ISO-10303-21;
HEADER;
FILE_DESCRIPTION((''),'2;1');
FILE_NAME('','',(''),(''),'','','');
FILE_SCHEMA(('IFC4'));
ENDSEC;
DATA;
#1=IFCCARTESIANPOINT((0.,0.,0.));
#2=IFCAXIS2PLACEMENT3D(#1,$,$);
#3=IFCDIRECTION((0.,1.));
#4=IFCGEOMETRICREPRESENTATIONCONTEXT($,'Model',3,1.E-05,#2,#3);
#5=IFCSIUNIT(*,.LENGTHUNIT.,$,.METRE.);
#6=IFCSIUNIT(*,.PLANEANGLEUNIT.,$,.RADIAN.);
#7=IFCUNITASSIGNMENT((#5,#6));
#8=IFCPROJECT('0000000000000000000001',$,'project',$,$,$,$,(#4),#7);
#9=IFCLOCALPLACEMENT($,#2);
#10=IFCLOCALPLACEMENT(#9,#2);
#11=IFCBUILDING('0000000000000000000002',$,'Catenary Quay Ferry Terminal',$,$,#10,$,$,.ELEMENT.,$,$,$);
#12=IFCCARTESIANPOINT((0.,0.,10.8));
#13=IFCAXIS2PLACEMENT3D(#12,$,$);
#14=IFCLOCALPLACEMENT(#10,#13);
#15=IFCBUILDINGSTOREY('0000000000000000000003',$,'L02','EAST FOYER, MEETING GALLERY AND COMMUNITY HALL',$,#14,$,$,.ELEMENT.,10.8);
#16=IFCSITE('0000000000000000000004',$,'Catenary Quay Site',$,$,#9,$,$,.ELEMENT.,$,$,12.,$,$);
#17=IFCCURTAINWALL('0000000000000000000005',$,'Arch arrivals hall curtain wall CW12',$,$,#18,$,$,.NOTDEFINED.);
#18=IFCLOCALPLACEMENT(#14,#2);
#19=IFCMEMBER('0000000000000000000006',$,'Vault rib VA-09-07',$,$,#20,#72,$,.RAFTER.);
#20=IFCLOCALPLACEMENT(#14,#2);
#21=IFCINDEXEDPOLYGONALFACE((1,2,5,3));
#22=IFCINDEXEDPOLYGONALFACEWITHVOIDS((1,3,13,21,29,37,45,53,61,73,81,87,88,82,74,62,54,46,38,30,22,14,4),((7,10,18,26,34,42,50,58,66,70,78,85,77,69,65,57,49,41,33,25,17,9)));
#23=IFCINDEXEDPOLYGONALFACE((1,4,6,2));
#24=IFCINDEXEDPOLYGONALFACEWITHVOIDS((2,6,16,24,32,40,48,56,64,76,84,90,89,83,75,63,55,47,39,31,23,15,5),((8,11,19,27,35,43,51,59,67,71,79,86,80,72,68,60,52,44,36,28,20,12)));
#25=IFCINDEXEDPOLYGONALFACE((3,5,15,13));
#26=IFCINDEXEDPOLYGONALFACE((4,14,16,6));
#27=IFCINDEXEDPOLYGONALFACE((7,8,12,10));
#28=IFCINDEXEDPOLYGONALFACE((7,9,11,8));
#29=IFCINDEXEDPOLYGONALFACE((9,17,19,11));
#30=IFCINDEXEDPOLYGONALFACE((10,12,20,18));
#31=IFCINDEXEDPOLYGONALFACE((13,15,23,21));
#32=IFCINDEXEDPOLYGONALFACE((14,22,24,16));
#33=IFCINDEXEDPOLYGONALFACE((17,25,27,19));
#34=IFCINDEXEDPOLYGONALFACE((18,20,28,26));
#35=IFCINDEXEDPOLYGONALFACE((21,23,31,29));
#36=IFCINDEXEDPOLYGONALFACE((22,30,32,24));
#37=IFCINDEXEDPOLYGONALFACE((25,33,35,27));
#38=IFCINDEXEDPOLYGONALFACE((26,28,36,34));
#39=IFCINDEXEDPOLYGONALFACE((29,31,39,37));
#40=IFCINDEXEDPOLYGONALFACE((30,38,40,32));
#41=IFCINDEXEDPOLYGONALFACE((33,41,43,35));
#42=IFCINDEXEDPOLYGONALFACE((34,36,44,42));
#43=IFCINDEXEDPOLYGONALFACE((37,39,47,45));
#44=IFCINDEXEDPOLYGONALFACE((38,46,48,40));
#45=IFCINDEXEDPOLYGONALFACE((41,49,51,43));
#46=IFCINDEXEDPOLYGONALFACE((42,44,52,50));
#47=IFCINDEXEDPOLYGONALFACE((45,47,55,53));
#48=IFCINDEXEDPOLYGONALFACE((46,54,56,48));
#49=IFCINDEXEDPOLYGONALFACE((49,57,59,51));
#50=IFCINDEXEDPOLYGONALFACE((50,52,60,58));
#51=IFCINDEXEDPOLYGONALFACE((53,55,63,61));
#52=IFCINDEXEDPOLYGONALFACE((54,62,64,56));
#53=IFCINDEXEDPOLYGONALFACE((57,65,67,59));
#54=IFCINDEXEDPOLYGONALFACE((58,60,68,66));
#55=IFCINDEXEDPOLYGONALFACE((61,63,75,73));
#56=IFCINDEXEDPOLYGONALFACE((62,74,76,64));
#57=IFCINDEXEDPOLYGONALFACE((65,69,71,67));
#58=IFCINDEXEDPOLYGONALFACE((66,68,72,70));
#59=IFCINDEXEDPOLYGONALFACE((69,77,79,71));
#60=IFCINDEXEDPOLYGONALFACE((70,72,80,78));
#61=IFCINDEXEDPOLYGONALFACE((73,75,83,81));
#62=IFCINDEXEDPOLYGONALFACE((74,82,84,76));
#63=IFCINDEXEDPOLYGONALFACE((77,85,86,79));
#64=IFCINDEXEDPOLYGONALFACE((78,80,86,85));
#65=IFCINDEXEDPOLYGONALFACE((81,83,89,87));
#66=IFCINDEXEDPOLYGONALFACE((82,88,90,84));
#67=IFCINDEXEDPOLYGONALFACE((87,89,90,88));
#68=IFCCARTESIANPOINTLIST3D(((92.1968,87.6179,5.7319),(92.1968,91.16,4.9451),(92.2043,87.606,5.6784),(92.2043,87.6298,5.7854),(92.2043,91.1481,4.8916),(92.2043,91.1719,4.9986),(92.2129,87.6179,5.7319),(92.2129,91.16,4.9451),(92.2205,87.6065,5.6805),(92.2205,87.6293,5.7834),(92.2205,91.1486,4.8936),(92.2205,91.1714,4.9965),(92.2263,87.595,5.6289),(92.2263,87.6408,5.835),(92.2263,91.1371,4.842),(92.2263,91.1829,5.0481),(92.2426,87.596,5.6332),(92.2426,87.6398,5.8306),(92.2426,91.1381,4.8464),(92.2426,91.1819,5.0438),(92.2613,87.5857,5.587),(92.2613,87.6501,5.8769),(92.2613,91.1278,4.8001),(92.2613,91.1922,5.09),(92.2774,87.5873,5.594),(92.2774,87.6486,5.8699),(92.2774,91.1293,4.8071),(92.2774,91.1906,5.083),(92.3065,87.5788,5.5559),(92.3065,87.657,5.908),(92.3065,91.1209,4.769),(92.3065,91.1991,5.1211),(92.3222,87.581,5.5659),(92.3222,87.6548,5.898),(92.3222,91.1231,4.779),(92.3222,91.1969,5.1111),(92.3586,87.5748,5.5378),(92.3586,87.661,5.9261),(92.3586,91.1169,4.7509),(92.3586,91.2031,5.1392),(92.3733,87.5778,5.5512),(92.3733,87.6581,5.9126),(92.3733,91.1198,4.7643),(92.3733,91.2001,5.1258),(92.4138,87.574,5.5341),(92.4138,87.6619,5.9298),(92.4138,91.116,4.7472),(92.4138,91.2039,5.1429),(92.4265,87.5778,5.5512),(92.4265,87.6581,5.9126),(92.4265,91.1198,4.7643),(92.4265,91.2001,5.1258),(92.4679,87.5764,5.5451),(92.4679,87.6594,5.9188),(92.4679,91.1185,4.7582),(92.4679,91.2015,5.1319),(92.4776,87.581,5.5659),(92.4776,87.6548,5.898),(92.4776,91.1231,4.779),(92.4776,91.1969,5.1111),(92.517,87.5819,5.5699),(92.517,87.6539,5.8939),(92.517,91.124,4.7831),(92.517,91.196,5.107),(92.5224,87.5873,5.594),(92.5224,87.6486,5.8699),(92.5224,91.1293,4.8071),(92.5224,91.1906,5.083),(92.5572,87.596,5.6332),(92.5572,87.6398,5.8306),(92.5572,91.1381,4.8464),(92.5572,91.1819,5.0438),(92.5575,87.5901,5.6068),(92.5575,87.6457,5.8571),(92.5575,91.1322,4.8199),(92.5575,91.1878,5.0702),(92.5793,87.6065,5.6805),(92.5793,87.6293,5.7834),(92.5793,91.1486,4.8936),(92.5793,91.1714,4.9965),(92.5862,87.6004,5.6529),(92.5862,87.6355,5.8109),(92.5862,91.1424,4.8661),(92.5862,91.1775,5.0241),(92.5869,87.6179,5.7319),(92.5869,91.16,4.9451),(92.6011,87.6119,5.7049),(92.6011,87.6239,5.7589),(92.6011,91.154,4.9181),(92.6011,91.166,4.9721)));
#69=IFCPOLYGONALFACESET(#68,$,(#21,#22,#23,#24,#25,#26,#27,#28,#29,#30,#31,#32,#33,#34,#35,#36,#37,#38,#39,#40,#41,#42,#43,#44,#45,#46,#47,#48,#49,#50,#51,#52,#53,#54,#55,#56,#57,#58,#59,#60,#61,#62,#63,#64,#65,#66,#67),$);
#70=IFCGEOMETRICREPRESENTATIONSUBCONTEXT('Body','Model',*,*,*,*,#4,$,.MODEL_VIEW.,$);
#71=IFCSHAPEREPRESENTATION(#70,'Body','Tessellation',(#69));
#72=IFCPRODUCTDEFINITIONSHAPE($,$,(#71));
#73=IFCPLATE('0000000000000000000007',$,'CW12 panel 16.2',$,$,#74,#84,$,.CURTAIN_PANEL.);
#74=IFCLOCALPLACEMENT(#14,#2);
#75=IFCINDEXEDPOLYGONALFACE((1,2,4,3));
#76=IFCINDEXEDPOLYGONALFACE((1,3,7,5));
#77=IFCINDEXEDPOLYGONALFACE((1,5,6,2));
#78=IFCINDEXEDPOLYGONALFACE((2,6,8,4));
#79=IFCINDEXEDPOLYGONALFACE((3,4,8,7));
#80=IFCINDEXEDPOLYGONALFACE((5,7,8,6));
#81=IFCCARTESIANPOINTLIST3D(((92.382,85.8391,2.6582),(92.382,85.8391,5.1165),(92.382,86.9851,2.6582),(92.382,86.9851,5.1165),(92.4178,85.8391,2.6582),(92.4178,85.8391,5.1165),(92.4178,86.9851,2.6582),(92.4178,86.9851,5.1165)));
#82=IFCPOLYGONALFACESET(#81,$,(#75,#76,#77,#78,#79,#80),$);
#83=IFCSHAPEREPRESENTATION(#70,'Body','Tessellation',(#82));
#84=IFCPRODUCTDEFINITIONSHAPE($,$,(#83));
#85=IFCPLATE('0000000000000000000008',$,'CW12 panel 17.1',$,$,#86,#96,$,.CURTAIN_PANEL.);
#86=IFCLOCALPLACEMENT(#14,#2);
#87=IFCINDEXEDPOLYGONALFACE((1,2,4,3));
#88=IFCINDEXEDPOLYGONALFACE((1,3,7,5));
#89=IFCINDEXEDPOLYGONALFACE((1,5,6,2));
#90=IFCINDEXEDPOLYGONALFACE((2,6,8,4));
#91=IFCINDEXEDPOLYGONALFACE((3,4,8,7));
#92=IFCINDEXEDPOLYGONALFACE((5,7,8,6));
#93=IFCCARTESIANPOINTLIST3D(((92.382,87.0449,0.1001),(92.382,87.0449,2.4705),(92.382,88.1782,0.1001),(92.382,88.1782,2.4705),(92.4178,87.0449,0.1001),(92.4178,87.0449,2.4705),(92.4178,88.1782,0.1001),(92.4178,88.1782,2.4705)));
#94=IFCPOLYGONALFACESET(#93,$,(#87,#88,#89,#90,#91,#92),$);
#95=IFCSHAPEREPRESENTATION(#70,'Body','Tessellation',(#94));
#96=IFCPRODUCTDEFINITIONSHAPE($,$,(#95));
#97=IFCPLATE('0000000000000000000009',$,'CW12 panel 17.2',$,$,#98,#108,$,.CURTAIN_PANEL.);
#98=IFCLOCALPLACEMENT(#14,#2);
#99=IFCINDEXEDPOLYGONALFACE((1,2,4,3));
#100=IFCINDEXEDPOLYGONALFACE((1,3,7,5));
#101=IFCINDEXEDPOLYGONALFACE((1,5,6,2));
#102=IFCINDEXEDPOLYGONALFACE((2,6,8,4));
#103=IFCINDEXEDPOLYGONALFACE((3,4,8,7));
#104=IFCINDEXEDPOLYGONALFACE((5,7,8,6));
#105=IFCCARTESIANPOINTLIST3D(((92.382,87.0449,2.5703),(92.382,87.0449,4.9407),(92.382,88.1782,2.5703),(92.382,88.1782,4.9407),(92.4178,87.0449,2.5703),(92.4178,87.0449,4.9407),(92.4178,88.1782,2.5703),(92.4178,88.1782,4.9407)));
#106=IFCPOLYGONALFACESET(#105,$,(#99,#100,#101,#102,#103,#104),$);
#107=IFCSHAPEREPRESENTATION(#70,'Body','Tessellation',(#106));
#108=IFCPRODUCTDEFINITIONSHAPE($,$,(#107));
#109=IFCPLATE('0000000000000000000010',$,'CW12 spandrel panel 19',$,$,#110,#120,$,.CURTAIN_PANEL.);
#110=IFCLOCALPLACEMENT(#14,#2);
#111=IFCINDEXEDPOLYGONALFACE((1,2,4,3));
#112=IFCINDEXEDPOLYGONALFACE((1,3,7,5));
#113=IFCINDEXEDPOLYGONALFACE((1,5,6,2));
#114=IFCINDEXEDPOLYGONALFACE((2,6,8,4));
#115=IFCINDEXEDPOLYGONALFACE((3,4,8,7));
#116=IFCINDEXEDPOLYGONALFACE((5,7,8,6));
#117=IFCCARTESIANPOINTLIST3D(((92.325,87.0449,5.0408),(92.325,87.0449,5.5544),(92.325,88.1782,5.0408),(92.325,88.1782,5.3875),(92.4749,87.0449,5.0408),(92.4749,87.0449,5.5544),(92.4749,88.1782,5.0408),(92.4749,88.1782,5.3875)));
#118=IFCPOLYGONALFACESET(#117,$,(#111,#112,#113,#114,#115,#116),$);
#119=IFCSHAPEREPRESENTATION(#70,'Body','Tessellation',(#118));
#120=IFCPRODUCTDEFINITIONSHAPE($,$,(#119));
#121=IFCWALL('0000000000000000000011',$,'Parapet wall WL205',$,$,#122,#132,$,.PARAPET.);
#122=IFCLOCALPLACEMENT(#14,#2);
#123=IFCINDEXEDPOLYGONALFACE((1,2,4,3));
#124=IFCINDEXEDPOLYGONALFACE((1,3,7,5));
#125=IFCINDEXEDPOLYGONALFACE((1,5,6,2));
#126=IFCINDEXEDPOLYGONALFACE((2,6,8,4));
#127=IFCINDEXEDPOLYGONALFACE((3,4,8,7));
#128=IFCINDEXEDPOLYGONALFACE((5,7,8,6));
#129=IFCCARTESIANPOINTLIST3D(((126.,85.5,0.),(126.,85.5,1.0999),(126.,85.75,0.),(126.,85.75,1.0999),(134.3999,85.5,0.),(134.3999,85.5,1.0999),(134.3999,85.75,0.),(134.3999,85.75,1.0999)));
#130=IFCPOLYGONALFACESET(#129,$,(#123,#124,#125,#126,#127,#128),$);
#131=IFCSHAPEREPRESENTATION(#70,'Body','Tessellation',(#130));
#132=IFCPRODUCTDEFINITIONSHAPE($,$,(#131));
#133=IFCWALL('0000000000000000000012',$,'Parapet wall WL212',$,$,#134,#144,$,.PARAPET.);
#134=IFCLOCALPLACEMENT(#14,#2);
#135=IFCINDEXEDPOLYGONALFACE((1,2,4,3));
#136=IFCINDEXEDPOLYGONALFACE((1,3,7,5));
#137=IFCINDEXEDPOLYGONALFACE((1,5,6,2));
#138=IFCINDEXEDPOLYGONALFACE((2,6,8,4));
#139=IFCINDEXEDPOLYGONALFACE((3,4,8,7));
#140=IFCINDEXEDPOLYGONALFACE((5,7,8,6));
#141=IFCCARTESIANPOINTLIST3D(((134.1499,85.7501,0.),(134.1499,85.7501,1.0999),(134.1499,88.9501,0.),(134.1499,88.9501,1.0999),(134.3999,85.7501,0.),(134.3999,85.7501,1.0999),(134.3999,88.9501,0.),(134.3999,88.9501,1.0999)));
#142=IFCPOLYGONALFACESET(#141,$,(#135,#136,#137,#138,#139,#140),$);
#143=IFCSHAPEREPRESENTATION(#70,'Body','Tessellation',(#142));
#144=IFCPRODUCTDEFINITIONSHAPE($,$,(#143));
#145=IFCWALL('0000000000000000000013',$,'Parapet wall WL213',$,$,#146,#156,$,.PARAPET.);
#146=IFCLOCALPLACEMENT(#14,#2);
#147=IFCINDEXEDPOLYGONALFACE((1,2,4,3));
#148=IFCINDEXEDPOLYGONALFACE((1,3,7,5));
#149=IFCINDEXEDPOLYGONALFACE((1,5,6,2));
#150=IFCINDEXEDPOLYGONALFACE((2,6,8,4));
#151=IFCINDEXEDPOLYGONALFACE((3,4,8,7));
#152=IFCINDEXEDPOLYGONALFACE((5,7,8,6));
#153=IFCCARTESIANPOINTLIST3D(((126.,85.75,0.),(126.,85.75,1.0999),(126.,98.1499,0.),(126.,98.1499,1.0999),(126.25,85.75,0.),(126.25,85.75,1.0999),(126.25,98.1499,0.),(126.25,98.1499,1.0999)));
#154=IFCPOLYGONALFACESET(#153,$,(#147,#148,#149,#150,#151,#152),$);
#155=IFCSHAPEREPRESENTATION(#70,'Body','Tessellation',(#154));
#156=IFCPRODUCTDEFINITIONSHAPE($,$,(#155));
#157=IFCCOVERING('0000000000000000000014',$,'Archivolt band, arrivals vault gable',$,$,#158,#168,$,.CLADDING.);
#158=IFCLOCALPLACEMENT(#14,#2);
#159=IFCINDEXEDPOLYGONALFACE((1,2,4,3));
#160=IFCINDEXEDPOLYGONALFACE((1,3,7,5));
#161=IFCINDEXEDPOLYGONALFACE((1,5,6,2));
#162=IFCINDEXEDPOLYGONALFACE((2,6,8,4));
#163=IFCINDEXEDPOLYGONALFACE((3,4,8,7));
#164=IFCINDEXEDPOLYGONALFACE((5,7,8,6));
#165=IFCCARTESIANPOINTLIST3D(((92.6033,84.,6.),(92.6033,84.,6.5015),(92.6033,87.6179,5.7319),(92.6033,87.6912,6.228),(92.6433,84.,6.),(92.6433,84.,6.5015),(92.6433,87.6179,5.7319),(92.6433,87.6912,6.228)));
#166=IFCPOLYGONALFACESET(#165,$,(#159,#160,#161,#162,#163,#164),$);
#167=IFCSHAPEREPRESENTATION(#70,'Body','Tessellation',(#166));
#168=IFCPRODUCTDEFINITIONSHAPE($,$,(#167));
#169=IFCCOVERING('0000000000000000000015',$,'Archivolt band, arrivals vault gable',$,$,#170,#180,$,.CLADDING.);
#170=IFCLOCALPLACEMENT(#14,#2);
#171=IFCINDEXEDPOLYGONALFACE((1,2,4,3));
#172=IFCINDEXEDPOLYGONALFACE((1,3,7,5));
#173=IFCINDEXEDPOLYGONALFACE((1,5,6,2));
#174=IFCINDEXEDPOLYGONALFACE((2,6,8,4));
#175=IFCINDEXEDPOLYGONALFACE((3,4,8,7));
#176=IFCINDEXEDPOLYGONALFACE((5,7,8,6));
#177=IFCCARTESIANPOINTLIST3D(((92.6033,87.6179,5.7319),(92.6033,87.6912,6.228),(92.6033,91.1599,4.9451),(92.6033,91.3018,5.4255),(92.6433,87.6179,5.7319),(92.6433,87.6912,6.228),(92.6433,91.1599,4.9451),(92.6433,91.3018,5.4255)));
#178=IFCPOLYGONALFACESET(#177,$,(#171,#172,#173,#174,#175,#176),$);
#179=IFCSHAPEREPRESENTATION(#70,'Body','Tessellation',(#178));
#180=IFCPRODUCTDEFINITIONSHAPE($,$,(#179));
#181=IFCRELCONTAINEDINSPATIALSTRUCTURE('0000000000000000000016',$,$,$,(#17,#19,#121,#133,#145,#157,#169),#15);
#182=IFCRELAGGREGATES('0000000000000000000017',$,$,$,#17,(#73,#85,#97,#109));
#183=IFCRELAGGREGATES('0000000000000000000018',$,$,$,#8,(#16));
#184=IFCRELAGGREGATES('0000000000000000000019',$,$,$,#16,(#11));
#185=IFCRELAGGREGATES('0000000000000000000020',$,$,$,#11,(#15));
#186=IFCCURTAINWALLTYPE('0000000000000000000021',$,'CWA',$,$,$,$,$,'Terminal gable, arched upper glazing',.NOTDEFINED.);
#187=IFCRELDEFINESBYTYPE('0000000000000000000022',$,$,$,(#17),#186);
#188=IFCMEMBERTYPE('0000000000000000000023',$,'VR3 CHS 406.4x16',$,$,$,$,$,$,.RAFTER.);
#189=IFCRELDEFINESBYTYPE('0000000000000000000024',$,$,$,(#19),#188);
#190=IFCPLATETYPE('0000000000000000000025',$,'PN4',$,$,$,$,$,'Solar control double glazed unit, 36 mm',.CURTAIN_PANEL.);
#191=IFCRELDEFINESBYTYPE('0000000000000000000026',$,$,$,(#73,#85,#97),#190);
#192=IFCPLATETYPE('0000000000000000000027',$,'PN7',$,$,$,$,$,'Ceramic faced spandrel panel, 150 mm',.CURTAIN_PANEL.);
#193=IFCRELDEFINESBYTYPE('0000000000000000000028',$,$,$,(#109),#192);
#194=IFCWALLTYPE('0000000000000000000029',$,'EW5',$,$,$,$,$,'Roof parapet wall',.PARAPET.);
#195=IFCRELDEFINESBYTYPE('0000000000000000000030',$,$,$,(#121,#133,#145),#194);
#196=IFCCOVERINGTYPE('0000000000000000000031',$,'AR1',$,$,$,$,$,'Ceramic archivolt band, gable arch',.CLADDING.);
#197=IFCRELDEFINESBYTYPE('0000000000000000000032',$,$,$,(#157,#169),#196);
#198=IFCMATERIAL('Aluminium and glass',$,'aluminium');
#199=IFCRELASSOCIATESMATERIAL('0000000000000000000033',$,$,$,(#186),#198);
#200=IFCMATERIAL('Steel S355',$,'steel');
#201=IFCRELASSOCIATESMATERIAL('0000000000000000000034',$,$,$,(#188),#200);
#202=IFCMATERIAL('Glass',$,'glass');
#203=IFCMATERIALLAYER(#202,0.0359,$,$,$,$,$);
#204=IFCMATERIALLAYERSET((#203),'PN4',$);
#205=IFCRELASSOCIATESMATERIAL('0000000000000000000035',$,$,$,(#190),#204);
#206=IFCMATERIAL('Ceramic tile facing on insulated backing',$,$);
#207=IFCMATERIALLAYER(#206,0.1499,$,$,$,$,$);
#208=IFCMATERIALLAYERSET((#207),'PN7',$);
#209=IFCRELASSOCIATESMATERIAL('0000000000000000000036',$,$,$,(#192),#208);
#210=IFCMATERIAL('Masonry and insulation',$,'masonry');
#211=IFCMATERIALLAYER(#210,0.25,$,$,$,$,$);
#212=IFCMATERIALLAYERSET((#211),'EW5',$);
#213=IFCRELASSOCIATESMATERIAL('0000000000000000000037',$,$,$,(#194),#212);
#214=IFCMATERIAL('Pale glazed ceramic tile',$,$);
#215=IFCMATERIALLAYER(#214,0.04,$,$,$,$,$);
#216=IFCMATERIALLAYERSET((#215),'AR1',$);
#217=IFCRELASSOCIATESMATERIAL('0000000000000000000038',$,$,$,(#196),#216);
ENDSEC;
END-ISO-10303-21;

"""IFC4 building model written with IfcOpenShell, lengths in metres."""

from ifc_helpers import new_model, si_unit, direction, frame, frame_2d, origin, origin_2d, place, context, subcontext, project, spatial, polyline, rectangle, hollow_circle, outline, extrude, material, layer, layer_set, material_profile, profile_set, type_object, element, aggregate, save


model = new_model("IFC4")

# Units and contexts
model_context = context("Model", 3, precision=1e-05, world=origin(), true_north=direction((0.0, 1.0)))
body_context = subcontext(model_context, "Body", "Model", "MODEL_VIEW")
ifc_project = project(units=[si_unit("LENGTHUNIT", "METRE"), si_unit("PLANEANGLEUNIT", "RADIAN")], contexts=[model_context])

# Site, building, storey
site_placement = place(None, origin())
site = spatial("IfcSite", under=ifc_project, at=site_placement, Name="Catenary Quay Site", CompositionType="ELEMENT", RefElevation=12.0)
building_placement = place(site_placement, origin())
building = spatial("IfcBuilding", under=site, at=building_placement, Name="Catenary Quay Ferry Terminal", CompositionType="ELEMENT")
storey_placement = place(building_placement, frame((0.0, 0.0, 10.8)))
storey = spatial("IfcBuildingStorey", under=building, at=storey_placement, Name="L02", Description="EAST FOYER, MEETING GALLERY AND COMMUNITY HALL", CompositionType="ELEMENT", Elevation=10.8)

# Curtain wall
ifc_material_1 = material(Name="Aluminium and glass", Category="aluminium")
curtain_wall_type = type_object("IfcCurtainWallType", Name="CWA", ElementType="Terminal gable, arched upper glazing", PredefinedType="NOTDEFINED", material=ifc_material_1)
curtain_wall_placement = place(storey_placement, origin())
curtain_wall = element("IfcCurtainWall", 1, at=curtain_wall_placement, inside=storey, type_object=curtain_wall_type, Name="Arch arrivals hall curtain wall CW12", PredefinedType="NOTDEFINED")

# Member
ifc_material_2 = material(Name="Steel S355", Category="steel")
ifc_material_profile_1 = material_profile(ifc_material_2, hollow_circle(Radius=0.2031, WallThickness=0.0161, at=origin_2d()), Name="CHS 406.4x16")
ifc_profile_set_1 = profile_set([ifc_material_profile_1], Name="Steel S355")
member_type_1 = type_object("IfcMemberType", Name="VR3 CHS 406.4x16", PredefinedType="RAFTER", material=ifc_profile_set_1)
member_1_placement = place(storey_placement, frame((92.3999, 87.6179, 5.7319), z_axis=(0.0, 0.976201, -0.216866), x_axis=(-1.0, 0.0, 0.0)))
element("IfcMember", 2, at=member_1_placement, inside=storey, type_object=member_type_1, Name="Vault rib VA-09-07", PredefinedType="RAFTER", context=body_context, shape_type="SweptSolid", body=[
    extrude(hollow_circle(Radius=0.2031, WallThickness=0.0161, at=origin_2d()), origin(), (0.0, 0.0, 1.0), 3.6284),
])

# Plates
ifc_material_3 = material(Name="Glass", Category="glass")
ifc_layer_1 = layer(ifc_material_3, 0.0359)
ifc_layer_set_1 = layer_set([ifc_layer_1], Name="PN4")
plate_type_1 = type_object("IfcPlateType", Name="PN4", ElementType="Solar control double glazed unit, 36 mm", PredefinedType="CURTAIN_PANEL", material=ifc_layer_set_1)
plate_1_placement = place(storey_placement, frame((92.3999, 86.4121, 2.6582), z_axis=(0.0, 0.0, 1.0), x_axis=(0.0, 1.0, 0.0)))
plate_1 = element("IfcPlate", 3, at=plate_1_placement, type_object=plate_type_1, Name="CW12 panel 16.2", PredefinedType="CURTAIN_PANEL", context=body_context, shape_type="SweptSolid", body=[
    extrude(rectangle(XDim=1.146, YDim=0.0359, at=origin_2d()), origin(), (0.0, 0.0, 1.0), 2.4583),
])
plate_2_placement = place(storey_placement, frame((92.3999, 87.6116, 0.1001), z_axis=(0.0, 0.0, 1.0), x_axis=(0.0, 1.0, 0.0)))
plate_2 = element("IfcPlate", 4, at=plate_2_placement, type_object=plate_type_1, Name="CW12 panel 17.1", PredefinedType="CURTAIN_PANEL", context=body_context, shape_type="SweptSolid", body=[
    extrude(rectangle(XDim=1.1333, YDim=0.0359, at=origin_2d()), origin(), (0.0, 0.0, 1.0), 2.3704),
])
plate_3_placement = place(storey_placement, frame((92.3999, 87.6116, 2.5703), z_axis=(0.0, 0.0, 1.0), x_axis=(0.0, 1.0, 0.0)))
plate_3 = element("IfcPlate", 5, at=plate_3_placement, type_object=plate_type_1, Name="CW12 panel 17.2", PredefinedType="CURTAIN_PANEL", context=body_context, shape_type="SweptSolid", body=[
    extrude(rectangle(XDim=1.1333, YDim=0.0359, at=origin_2d()), origin(), (0.0, 0.0, 1.0), 2.3704),
])
ifc_material_4 = material(Name="Ceramic tile facing on insulated backing")
ifc_layer_2 = layer(ifc_material_4, 0.1499)
ifc_layer_set_2 = layer_set([ifc_layer_2], Name="PN7")
plate_type_2 = type_object("IfcPlateType", Name="PN7", ElementType="Ceramic faced spandrel panel, 150 mm", PredefinedType="CURTAIN_PANEL", material=ifc_layer_set_2)
plate_4_placement = place(storey_placement, frame((92.3999, 87.0449, 5.0408), z_axis=(0.0, 0.0, 1.0), x_axis=(0.0, 1.0, 0.0)))
plate_4 = element("IfcPlate", 6, at=plate_4_placement, type_object=plate_type_2, Name="CW12 spandrel panel 19", PredefinedType="CURTAIN_PANEL", context=body_context, shape_type="SweptSolid", body=[
    extrude(outline(polyline([(0.0, 0.0), (1.1333, 0.0), (1.1333, 0.3467), (0.0, 0.5137), (0.0, 0.0)])), frame((0.0, 0.075, 0.0), z_axis=(0.0, -1.0, 0.0), x_axis=(1.0, 0.0, 0.0)), (0.0, 0.0, 1.0), 0.1499),
])
aggregate(curtain_wall, [plate_1, plate_2, plate_3, plate_4])

# Walls
ifc_material_5 = material(Name="Masonry and insulation", Category="masonry")
ifc_layer_3 = layer(ifc_material_5, 0.25)
ifc_layer_set_3 = layer_set([ifc_layer_3], Name="EW5")
wall_type = type_object("IfcWallType", Name="EW5", ElementType="Roof parapet wall", PredefinedType="PARAPET", material=ifc_layer_set_3)
wall_1_placement = place(storey_placement, frame((126.0, 85.625, 0.0), z_axis=(0.0, 0.0, 1.0), x_axis=(1.0, 0.0, 0.0)))
element("IfcWall", 7, at=wall_1_placement, inside=storey, type_object=wall_type, Name="Parapet wall WL205", PredefinedType="PARAPET", context=body_context, shape_type="SweptSolid", body=[
    extrude(rectangle(XDim=8.3999, YDim=0.25, at=frame_2d((4.2, 0.0))), origin(), (0.0, 0.0, 1.0), 1.0999),
])
wall_2_placement = place(storey_placement, frame((134.2749, 85.75, 0.0), z_axis=(0.0, 0.0, 1.0), x_axis=(0.0, 1.0, 0.0)))
element("IfcWall", 8, at=wall_2_placement, inside=storey, type_object=wall_type, Name="Parapet wall WL212", PredefinedType="PARAPET", context=body_context, shape_type="SweptSolid", body=[
    extrude(rectangle(XDim=3.2, YDim=0.25, at=frame_2d((1.6001, 0.0))), origin(), (0.0, 0.0, 1.0), 1.0999),
])
wall_3_placement = place(storey_placement, frame((126.125, 85.75, 0.0), z_axis=(0.0, 0.0, 1.0), x_axis=(0.0, 1.0, 0.0)))
element("IfcWall", 9, at=wall_3_placement, inside=storey, type_object=wall_type, Name="Parapet wall WL213", PredefinedType="PARAPET", context=body_context, shape_type="SweptSolid", body=[
    extrude(rectangle(XDim=12.3999, YDim=0.25, at=frame_2d((6.2, 0.0))), origin(), (0.0, 0.0, 1.0), 1.0999),
])

# Coverings
ifc_material_6 = material(Name="Pale glazed ceramic tile")
ifc_layer_4 = layer(ifc_material_6, 0.04)
ifc_layer_set_4 = layer_set([ifc_layer_4], Name="AR1")
covering_type_1 = type_object("IfcCoveringType", Name="AR1", ElementType="Ceramic archivolt band, gable arch", PredefinedType="CLADDING", material=ifc_layer_set_4)
covering_1_placement = place(storey_placement, frame((92.6033, 84.0, 6.5015), z_axis=(-1.0, 0.0, 0.0), x_axis=(0.0, 0.997267, -0.073877)))
element("IfcCovering", 10, at=covering_1_placement, inside=storey, type_object=covering_type_1, Name="Archivolt band, arrivals vault gable", PredefinedType="CLADDING", context=body_context, shape_type="SweptSolid", body=[
    extrude(outline(polyline([(0.0, 0.0), (3.7013, 0.0), (3.6649, 0.5001), (0.037, 0.5001), (0.0, 0.0)])), origin(), (0.0, 0.0, -1.0), 0.04),
])
covering_2_placement = place(storey_placement, frame((92.6033, 87.6912, 6.228), z_axis=(-1.0, 0.0, 0.0), x_axis=(0.0, 0.976179, -0.216965)))
element("IfcCovering", 11, at=covering_2_placement, inside=storey, type_object=covering_type_1, Name="Archivolt band, arrivals vault gable", PredefinedType="CLADDING", context=body_context, shape_type="SweptSolid", body=[
    extrude(outline(polyline([(0.0, 0.0), (3.6987, 0.0), (3.6645, 0.4998), (0.0361, 0.5002), (0.0, 0.0)])), origin(), (0.0, 0.0, -1.0), 0.04),
])

save(model, "model.ifc")
